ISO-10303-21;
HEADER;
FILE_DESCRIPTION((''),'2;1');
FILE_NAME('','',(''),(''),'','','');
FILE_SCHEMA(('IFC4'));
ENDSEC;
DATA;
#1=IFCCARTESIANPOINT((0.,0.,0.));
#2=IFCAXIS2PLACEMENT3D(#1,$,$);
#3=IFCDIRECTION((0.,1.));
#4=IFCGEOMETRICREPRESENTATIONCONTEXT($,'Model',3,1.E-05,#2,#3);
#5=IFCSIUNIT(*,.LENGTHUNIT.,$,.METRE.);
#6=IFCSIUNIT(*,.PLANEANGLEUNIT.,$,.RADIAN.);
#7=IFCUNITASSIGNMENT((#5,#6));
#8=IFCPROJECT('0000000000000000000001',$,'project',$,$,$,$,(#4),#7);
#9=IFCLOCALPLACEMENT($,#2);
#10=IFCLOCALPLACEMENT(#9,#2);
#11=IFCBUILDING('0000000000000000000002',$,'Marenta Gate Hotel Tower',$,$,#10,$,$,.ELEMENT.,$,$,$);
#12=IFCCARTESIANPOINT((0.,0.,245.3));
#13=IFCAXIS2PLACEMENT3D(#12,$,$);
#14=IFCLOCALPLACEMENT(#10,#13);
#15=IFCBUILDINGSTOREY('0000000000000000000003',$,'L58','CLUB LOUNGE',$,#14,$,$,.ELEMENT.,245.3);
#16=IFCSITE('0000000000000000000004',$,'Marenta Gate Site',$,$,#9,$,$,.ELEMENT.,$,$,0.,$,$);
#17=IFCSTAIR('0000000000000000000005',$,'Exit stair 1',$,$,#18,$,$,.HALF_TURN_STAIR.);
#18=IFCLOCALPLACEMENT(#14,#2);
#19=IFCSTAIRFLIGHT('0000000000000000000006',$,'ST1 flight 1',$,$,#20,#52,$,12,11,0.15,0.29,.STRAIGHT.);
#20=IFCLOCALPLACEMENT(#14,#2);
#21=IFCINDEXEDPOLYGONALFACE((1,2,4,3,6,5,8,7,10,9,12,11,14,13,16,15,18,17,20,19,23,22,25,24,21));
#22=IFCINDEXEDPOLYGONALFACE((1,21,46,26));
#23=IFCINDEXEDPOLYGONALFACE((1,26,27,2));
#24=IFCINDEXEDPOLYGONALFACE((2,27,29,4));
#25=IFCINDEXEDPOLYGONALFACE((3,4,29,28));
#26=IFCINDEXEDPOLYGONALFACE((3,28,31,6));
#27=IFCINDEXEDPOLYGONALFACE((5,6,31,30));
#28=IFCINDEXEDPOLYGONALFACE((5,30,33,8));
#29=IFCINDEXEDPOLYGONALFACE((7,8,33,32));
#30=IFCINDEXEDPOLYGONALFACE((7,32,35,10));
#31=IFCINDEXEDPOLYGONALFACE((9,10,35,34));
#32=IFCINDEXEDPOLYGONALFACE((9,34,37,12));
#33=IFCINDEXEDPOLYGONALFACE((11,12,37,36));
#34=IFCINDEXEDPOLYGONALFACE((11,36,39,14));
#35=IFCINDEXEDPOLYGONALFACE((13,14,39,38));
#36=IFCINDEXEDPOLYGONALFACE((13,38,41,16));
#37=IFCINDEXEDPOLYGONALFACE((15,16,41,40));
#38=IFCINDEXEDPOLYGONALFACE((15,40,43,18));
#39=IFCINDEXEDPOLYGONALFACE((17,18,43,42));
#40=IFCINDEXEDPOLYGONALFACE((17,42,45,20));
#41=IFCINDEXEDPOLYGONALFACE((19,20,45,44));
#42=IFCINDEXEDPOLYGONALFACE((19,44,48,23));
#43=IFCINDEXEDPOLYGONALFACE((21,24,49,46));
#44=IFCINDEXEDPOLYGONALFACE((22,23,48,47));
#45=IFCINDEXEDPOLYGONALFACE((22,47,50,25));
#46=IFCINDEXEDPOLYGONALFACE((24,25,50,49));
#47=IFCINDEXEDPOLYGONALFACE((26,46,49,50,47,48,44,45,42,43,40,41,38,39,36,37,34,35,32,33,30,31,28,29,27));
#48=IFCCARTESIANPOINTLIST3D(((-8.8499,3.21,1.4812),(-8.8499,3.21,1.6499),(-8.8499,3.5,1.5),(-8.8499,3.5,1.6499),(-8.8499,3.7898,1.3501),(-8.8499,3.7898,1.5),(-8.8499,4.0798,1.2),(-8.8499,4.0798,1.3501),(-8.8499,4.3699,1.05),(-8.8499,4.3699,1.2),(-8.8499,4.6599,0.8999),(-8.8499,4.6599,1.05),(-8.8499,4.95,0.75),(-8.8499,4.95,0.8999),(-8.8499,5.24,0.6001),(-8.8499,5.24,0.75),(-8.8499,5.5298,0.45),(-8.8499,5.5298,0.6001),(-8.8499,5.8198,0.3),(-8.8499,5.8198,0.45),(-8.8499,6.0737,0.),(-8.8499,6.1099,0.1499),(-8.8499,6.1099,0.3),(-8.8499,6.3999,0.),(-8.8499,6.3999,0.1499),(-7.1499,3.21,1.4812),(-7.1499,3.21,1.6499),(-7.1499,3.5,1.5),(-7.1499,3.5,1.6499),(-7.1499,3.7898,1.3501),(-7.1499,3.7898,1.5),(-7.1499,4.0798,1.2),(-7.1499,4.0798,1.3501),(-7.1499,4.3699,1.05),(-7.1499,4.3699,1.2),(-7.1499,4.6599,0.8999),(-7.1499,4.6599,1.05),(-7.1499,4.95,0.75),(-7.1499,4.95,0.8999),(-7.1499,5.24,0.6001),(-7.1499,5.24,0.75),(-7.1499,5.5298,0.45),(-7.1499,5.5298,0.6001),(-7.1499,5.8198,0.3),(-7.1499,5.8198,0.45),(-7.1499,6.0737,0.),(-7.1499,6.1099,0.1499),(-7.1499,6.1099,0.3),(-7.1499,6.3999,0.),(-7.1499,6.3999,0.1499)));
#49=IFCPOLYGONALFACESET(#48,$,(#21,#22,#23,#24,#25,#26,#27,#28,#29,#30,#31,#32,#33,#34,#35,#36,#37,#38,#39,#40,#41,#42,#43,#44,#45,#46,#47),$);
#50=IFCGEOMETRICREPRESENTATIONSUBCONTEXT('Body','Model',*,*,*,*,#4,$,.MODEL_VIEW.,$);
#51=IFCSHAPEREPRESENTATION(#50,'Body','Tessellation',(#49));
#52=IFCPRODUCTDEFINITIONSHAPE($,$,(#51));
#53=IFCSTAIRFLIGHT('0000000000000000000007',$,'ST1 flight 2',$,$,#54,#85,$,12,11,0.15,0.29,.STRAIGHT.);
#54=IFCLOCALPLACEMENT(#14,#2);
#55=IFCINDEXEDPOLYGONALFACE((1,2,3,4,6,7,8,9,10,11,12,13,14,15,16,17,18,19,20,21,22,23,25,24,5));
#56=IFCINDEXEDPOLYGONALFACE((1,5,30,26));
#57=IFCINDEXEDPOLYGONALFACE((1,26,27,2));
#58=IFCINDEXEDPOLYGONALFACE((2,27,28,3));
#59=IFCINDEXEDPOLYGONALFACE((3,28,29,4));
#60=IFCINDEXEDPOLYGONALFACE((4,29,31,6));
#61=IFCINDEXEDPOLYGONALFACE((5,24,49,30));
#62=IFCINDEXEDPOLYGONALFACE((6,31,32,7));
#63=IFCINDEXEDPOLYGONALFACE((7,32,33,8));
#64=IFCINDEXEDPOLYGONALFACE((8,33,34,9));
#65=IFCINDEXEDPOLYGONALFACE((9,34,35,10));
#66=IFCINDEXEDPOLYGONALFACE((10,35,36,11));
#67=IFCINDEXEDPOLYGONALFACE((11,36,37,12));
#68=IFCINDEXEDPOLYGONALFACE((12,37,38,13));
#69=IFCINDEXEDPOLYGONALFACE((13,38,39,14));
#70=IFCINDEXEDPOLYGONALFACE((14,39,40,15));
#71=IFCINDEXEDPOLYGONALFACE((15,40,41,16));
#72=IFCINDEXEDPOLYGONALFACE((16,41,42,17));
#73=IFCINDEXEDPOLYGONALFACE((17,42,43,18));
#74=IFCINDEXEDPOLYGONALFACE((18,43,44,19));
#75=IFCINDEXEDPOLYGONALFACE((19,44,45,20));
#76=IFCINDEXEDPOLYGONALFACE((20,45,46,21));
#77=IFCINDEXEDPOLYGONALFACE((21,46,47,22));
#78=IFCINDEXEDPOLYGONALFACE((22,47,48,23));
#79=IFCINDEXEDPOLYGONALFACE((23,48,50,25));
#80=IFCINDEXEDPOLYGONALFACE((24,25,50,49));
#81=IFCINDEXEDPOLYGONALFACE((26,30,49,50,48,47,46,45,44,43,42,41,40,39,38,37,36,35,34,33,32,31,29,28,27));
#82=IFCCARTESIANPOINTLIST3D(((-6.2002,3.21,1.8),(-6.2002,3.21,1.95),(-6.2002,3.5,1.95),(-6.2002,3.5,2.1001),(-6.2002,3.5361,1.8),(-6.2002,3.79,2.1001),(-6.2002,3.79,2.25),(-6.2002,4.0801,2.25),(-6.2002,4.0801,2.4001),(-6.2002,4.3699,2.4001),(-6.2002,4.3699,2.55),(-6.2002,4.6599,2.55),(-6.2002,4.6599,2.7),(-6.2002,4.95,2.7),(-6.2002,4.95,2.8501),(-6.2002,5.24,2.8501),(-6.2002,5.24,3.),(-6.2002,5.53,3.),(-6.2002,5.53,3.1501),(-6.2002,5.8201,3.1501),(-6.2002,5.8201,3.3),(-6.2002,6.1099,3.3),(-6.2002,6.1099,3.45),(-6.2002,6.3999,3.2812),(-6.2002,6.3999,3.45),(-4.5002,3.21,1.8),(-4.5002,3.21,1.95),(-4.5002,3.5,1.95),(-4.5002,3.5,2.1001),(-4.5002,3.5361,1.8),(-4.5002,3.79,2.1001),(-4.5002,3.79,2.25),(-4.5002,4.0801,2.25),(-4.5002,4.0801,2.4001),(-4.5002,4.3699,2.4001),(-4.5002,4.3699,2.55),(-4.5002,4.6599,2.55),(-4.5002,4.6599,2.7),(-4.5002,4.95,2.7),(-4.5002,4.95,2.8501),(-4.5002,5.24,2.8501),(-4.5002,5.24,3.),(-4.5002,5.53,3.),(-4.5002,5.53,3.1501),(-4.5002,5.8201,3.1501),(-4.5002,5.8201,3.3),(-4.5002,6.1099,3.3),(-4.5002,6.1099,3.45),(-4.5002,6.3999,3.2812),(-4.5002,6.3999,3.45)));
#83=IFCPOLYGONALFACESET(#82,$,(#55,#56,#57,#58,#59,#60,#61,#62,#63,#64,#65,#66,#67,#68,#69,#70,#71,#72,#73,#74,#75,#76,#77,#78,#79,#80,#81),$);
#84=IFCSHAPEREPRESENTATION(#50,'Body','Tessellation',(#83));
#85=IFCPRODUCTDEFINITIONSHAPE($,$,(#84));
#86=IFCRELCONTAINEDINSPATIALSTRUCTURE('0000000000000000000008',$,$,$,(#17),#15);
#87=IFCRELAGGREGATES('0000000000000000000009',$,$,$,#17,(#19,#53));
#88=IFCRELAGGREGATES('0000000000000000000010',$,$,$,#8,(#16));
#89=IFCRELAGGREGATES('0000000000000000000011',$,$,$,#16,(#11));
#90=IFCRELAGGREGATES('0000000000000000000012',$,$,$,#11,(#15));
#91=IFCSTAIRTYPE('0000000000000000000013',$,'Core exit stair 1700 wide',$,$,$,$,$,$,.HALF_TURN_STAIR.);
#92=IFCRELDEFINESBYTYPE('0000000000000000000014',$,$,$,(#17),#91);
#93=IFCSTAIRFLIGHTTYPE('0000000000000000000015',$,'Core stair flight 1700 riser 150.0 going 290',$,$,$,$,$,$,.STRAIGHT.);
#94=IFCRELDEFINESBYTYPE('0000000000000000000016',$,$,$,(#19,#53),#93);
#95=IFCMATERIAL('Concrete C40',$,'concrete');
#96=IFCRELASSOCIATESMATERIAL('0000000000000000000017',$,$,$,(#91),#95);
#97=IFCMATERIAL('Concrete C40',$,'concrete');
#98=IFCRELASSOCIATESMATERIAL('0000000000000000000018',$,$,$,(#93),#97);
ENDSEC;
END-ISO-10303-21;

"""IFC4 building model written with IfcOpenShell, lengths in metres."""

from ifc_helpers import new_model, si_unit, direction, frame, origin, place, context, subcontext, project, spatial, polyline, outline, extrude, material, type_object, element, aggregate, save


model = new_model("IFC4")

# Units and contexts
model_context = context("Model", 3, precision=1e-05, world=origin(), true_north=direction((0.0, 1.0)))
body_context = subcontext(model_context, "Body", "Model", "MODEL_VIEW")
ifc_project = project(units=[si_unit("LENGTHUNIT", "METRE"), si_unit("PLANEANGLEUNIT", "RADIAN")], contexts=[model_context])

# Site, building, storey
site_placement = place(None, origin())
site = spatial("IfcSite", under=ifc_project, at=site_placement, Name="Marenta Gate Site", CompositionType="ELEMENT", RefElevation=0.0)
building_placement = place(site_placement, origin())
building = spatial("IfcBuilding", under=site, at=building_placement, Name="Marenta Gate Hotel Tower", CompositionType="ELEMENT")
storey_placement = place(building_placement, frame((0.0, 0.0, 245.3)))
storey = spatial("IfcBuildingStorey", under=building, at=storey_placement, Name="L58", Description="CLUB LOUNGE", CompositionType="ELEMENT", Elevation=245.3)

# Stair, stair flights
ifc_material_1 = material(Name="Concrete C40", Category="concrete")
stair_type = type_object("IfcStairType", Name="Core exit stair 1700 wide", PredefinedType="HALF_TURN_STAIR", material=ifc_material_1)
stair_placement = place(storey_placement, origin())
stair = element("IfcStair", 1, at=stair_placement, inside=storey, type_object=stair_type, Name="Exit stair 1", PredefinedType="HALF_TURN_STAIR")
ifc_material_2 = material(Name="Concrete C40", Category="concrete")
stair_flight_type = type_object("IfcStairFlightType", Name="Core stair flight 1700 riser 150.0 going 290", PredefinedType="STRAIGHT", material=ifc_material_2)
stair_flight_1_placement = place(storey_placement, frame((-8.0, 6.3999, 0.0), z_axis=(0.0, 0.0, 1.0), x_axis=(0.0, -1.0, 0.0)))
stair_flight_1 = element("IfcStairFlight", 2, at=stair_flight_1_placement, type_object=stair_flight_type, Name="ST1 flight 1", NumberOfRisers=12, NumberOfTreads=11, PredefinedType="STRAIGHT", RiserHeight=0.15, TreadLength=0.29, context=body_context, shape_type="SweptSolid", body=[
    extrude(outline(polyline([(0.0, 0.0), (0.0, 0.1499), (0.29, 0.1499), (0.29, 0.3), (0.5801, 0.3), (0.5801, 0.45), (0.8701, 0.45), (0.8701, 0.6001), (1.1599, 0.6001), (1.1599, 0.75), (1.45, 0.75), (1.45, 0.8999), (1.74, 0.8999), (1.74, 1.05), (2.03, 1.05), (2.03, 1.2), (2.3201, 1.2), (2.3201, 1.3501), (2.6101, 1.3501), (2.6101, 1.5), (2.8999, 1.5), (2.8999, 1.6499), (3.1899, 1.6499), (3.1899, 1.8), (3.1899, 1.4812), (0.3262, 0.0), (0.0, 0.0)])), frame((0.0, 0.8501, 0.0), z_axis=(0.0, -1.0, 0.0), x_axis=(1.0, 0.0, 0.0)), (0.0, 0.0, 1.0), 1.7),
])
stair_flight_2_placement = place(storey_placement, frame((-5.3501, 3.21, 1.8), z_axis=(0.0, 0.0, 1.0), x_axis=(0.0, 1.0, 0.0)))
stair_flight_2 = element("IfcStairFlight", 3, at=stair_flight_2_placement, type_object=stair_flight_type, Name="ST1 flight 2", NumberOfRisers=12, NumberOfTreads=11, PredefinedType="STRAIGHT", RiserHeight=0.15, TreadLength=0.29, context=body_context, shape_type="SweptSolid", body=[
    extrude(outline(polyline([(0.0, 0.0), (0.0, 0.1499), (0.29, 0.1499), (0.29, 0.3), (0.5801, 0.3), (0.5801, 0.45), (0.8701, 0.45), (0.8701, 0.6001), (1.1599, 0.6001), (1.1599, 0.75), (1.45, 0.75), (1.45, 0.8999), (1.74, 0.8999), (1.74, 1.05), (2.03, 1.05), (2.03, 1.2), (2.3201, 1.2), (2.3201, 1.3501), (2.6101, 1.3501), (2.6101, 1.5), (2.8999, 1.5), (2.8999, 1.6499), (3.1899, 1.6499), (3.1899, 1.8), (3.1899, 1.4812), (0.3262, 0.0), (0.0, 0.0)])), frame((0.0, 0.8501, 0.0), z_axis=(0.0, -1.0, 0.0), x_axis=(1.0, 0.0, 0.0)), (0.0, 0.0, 1.0), 1.7),
])
aggregate(stair, [stair_flight_1, stair_flight_2])

save(model, "model.ifc")
